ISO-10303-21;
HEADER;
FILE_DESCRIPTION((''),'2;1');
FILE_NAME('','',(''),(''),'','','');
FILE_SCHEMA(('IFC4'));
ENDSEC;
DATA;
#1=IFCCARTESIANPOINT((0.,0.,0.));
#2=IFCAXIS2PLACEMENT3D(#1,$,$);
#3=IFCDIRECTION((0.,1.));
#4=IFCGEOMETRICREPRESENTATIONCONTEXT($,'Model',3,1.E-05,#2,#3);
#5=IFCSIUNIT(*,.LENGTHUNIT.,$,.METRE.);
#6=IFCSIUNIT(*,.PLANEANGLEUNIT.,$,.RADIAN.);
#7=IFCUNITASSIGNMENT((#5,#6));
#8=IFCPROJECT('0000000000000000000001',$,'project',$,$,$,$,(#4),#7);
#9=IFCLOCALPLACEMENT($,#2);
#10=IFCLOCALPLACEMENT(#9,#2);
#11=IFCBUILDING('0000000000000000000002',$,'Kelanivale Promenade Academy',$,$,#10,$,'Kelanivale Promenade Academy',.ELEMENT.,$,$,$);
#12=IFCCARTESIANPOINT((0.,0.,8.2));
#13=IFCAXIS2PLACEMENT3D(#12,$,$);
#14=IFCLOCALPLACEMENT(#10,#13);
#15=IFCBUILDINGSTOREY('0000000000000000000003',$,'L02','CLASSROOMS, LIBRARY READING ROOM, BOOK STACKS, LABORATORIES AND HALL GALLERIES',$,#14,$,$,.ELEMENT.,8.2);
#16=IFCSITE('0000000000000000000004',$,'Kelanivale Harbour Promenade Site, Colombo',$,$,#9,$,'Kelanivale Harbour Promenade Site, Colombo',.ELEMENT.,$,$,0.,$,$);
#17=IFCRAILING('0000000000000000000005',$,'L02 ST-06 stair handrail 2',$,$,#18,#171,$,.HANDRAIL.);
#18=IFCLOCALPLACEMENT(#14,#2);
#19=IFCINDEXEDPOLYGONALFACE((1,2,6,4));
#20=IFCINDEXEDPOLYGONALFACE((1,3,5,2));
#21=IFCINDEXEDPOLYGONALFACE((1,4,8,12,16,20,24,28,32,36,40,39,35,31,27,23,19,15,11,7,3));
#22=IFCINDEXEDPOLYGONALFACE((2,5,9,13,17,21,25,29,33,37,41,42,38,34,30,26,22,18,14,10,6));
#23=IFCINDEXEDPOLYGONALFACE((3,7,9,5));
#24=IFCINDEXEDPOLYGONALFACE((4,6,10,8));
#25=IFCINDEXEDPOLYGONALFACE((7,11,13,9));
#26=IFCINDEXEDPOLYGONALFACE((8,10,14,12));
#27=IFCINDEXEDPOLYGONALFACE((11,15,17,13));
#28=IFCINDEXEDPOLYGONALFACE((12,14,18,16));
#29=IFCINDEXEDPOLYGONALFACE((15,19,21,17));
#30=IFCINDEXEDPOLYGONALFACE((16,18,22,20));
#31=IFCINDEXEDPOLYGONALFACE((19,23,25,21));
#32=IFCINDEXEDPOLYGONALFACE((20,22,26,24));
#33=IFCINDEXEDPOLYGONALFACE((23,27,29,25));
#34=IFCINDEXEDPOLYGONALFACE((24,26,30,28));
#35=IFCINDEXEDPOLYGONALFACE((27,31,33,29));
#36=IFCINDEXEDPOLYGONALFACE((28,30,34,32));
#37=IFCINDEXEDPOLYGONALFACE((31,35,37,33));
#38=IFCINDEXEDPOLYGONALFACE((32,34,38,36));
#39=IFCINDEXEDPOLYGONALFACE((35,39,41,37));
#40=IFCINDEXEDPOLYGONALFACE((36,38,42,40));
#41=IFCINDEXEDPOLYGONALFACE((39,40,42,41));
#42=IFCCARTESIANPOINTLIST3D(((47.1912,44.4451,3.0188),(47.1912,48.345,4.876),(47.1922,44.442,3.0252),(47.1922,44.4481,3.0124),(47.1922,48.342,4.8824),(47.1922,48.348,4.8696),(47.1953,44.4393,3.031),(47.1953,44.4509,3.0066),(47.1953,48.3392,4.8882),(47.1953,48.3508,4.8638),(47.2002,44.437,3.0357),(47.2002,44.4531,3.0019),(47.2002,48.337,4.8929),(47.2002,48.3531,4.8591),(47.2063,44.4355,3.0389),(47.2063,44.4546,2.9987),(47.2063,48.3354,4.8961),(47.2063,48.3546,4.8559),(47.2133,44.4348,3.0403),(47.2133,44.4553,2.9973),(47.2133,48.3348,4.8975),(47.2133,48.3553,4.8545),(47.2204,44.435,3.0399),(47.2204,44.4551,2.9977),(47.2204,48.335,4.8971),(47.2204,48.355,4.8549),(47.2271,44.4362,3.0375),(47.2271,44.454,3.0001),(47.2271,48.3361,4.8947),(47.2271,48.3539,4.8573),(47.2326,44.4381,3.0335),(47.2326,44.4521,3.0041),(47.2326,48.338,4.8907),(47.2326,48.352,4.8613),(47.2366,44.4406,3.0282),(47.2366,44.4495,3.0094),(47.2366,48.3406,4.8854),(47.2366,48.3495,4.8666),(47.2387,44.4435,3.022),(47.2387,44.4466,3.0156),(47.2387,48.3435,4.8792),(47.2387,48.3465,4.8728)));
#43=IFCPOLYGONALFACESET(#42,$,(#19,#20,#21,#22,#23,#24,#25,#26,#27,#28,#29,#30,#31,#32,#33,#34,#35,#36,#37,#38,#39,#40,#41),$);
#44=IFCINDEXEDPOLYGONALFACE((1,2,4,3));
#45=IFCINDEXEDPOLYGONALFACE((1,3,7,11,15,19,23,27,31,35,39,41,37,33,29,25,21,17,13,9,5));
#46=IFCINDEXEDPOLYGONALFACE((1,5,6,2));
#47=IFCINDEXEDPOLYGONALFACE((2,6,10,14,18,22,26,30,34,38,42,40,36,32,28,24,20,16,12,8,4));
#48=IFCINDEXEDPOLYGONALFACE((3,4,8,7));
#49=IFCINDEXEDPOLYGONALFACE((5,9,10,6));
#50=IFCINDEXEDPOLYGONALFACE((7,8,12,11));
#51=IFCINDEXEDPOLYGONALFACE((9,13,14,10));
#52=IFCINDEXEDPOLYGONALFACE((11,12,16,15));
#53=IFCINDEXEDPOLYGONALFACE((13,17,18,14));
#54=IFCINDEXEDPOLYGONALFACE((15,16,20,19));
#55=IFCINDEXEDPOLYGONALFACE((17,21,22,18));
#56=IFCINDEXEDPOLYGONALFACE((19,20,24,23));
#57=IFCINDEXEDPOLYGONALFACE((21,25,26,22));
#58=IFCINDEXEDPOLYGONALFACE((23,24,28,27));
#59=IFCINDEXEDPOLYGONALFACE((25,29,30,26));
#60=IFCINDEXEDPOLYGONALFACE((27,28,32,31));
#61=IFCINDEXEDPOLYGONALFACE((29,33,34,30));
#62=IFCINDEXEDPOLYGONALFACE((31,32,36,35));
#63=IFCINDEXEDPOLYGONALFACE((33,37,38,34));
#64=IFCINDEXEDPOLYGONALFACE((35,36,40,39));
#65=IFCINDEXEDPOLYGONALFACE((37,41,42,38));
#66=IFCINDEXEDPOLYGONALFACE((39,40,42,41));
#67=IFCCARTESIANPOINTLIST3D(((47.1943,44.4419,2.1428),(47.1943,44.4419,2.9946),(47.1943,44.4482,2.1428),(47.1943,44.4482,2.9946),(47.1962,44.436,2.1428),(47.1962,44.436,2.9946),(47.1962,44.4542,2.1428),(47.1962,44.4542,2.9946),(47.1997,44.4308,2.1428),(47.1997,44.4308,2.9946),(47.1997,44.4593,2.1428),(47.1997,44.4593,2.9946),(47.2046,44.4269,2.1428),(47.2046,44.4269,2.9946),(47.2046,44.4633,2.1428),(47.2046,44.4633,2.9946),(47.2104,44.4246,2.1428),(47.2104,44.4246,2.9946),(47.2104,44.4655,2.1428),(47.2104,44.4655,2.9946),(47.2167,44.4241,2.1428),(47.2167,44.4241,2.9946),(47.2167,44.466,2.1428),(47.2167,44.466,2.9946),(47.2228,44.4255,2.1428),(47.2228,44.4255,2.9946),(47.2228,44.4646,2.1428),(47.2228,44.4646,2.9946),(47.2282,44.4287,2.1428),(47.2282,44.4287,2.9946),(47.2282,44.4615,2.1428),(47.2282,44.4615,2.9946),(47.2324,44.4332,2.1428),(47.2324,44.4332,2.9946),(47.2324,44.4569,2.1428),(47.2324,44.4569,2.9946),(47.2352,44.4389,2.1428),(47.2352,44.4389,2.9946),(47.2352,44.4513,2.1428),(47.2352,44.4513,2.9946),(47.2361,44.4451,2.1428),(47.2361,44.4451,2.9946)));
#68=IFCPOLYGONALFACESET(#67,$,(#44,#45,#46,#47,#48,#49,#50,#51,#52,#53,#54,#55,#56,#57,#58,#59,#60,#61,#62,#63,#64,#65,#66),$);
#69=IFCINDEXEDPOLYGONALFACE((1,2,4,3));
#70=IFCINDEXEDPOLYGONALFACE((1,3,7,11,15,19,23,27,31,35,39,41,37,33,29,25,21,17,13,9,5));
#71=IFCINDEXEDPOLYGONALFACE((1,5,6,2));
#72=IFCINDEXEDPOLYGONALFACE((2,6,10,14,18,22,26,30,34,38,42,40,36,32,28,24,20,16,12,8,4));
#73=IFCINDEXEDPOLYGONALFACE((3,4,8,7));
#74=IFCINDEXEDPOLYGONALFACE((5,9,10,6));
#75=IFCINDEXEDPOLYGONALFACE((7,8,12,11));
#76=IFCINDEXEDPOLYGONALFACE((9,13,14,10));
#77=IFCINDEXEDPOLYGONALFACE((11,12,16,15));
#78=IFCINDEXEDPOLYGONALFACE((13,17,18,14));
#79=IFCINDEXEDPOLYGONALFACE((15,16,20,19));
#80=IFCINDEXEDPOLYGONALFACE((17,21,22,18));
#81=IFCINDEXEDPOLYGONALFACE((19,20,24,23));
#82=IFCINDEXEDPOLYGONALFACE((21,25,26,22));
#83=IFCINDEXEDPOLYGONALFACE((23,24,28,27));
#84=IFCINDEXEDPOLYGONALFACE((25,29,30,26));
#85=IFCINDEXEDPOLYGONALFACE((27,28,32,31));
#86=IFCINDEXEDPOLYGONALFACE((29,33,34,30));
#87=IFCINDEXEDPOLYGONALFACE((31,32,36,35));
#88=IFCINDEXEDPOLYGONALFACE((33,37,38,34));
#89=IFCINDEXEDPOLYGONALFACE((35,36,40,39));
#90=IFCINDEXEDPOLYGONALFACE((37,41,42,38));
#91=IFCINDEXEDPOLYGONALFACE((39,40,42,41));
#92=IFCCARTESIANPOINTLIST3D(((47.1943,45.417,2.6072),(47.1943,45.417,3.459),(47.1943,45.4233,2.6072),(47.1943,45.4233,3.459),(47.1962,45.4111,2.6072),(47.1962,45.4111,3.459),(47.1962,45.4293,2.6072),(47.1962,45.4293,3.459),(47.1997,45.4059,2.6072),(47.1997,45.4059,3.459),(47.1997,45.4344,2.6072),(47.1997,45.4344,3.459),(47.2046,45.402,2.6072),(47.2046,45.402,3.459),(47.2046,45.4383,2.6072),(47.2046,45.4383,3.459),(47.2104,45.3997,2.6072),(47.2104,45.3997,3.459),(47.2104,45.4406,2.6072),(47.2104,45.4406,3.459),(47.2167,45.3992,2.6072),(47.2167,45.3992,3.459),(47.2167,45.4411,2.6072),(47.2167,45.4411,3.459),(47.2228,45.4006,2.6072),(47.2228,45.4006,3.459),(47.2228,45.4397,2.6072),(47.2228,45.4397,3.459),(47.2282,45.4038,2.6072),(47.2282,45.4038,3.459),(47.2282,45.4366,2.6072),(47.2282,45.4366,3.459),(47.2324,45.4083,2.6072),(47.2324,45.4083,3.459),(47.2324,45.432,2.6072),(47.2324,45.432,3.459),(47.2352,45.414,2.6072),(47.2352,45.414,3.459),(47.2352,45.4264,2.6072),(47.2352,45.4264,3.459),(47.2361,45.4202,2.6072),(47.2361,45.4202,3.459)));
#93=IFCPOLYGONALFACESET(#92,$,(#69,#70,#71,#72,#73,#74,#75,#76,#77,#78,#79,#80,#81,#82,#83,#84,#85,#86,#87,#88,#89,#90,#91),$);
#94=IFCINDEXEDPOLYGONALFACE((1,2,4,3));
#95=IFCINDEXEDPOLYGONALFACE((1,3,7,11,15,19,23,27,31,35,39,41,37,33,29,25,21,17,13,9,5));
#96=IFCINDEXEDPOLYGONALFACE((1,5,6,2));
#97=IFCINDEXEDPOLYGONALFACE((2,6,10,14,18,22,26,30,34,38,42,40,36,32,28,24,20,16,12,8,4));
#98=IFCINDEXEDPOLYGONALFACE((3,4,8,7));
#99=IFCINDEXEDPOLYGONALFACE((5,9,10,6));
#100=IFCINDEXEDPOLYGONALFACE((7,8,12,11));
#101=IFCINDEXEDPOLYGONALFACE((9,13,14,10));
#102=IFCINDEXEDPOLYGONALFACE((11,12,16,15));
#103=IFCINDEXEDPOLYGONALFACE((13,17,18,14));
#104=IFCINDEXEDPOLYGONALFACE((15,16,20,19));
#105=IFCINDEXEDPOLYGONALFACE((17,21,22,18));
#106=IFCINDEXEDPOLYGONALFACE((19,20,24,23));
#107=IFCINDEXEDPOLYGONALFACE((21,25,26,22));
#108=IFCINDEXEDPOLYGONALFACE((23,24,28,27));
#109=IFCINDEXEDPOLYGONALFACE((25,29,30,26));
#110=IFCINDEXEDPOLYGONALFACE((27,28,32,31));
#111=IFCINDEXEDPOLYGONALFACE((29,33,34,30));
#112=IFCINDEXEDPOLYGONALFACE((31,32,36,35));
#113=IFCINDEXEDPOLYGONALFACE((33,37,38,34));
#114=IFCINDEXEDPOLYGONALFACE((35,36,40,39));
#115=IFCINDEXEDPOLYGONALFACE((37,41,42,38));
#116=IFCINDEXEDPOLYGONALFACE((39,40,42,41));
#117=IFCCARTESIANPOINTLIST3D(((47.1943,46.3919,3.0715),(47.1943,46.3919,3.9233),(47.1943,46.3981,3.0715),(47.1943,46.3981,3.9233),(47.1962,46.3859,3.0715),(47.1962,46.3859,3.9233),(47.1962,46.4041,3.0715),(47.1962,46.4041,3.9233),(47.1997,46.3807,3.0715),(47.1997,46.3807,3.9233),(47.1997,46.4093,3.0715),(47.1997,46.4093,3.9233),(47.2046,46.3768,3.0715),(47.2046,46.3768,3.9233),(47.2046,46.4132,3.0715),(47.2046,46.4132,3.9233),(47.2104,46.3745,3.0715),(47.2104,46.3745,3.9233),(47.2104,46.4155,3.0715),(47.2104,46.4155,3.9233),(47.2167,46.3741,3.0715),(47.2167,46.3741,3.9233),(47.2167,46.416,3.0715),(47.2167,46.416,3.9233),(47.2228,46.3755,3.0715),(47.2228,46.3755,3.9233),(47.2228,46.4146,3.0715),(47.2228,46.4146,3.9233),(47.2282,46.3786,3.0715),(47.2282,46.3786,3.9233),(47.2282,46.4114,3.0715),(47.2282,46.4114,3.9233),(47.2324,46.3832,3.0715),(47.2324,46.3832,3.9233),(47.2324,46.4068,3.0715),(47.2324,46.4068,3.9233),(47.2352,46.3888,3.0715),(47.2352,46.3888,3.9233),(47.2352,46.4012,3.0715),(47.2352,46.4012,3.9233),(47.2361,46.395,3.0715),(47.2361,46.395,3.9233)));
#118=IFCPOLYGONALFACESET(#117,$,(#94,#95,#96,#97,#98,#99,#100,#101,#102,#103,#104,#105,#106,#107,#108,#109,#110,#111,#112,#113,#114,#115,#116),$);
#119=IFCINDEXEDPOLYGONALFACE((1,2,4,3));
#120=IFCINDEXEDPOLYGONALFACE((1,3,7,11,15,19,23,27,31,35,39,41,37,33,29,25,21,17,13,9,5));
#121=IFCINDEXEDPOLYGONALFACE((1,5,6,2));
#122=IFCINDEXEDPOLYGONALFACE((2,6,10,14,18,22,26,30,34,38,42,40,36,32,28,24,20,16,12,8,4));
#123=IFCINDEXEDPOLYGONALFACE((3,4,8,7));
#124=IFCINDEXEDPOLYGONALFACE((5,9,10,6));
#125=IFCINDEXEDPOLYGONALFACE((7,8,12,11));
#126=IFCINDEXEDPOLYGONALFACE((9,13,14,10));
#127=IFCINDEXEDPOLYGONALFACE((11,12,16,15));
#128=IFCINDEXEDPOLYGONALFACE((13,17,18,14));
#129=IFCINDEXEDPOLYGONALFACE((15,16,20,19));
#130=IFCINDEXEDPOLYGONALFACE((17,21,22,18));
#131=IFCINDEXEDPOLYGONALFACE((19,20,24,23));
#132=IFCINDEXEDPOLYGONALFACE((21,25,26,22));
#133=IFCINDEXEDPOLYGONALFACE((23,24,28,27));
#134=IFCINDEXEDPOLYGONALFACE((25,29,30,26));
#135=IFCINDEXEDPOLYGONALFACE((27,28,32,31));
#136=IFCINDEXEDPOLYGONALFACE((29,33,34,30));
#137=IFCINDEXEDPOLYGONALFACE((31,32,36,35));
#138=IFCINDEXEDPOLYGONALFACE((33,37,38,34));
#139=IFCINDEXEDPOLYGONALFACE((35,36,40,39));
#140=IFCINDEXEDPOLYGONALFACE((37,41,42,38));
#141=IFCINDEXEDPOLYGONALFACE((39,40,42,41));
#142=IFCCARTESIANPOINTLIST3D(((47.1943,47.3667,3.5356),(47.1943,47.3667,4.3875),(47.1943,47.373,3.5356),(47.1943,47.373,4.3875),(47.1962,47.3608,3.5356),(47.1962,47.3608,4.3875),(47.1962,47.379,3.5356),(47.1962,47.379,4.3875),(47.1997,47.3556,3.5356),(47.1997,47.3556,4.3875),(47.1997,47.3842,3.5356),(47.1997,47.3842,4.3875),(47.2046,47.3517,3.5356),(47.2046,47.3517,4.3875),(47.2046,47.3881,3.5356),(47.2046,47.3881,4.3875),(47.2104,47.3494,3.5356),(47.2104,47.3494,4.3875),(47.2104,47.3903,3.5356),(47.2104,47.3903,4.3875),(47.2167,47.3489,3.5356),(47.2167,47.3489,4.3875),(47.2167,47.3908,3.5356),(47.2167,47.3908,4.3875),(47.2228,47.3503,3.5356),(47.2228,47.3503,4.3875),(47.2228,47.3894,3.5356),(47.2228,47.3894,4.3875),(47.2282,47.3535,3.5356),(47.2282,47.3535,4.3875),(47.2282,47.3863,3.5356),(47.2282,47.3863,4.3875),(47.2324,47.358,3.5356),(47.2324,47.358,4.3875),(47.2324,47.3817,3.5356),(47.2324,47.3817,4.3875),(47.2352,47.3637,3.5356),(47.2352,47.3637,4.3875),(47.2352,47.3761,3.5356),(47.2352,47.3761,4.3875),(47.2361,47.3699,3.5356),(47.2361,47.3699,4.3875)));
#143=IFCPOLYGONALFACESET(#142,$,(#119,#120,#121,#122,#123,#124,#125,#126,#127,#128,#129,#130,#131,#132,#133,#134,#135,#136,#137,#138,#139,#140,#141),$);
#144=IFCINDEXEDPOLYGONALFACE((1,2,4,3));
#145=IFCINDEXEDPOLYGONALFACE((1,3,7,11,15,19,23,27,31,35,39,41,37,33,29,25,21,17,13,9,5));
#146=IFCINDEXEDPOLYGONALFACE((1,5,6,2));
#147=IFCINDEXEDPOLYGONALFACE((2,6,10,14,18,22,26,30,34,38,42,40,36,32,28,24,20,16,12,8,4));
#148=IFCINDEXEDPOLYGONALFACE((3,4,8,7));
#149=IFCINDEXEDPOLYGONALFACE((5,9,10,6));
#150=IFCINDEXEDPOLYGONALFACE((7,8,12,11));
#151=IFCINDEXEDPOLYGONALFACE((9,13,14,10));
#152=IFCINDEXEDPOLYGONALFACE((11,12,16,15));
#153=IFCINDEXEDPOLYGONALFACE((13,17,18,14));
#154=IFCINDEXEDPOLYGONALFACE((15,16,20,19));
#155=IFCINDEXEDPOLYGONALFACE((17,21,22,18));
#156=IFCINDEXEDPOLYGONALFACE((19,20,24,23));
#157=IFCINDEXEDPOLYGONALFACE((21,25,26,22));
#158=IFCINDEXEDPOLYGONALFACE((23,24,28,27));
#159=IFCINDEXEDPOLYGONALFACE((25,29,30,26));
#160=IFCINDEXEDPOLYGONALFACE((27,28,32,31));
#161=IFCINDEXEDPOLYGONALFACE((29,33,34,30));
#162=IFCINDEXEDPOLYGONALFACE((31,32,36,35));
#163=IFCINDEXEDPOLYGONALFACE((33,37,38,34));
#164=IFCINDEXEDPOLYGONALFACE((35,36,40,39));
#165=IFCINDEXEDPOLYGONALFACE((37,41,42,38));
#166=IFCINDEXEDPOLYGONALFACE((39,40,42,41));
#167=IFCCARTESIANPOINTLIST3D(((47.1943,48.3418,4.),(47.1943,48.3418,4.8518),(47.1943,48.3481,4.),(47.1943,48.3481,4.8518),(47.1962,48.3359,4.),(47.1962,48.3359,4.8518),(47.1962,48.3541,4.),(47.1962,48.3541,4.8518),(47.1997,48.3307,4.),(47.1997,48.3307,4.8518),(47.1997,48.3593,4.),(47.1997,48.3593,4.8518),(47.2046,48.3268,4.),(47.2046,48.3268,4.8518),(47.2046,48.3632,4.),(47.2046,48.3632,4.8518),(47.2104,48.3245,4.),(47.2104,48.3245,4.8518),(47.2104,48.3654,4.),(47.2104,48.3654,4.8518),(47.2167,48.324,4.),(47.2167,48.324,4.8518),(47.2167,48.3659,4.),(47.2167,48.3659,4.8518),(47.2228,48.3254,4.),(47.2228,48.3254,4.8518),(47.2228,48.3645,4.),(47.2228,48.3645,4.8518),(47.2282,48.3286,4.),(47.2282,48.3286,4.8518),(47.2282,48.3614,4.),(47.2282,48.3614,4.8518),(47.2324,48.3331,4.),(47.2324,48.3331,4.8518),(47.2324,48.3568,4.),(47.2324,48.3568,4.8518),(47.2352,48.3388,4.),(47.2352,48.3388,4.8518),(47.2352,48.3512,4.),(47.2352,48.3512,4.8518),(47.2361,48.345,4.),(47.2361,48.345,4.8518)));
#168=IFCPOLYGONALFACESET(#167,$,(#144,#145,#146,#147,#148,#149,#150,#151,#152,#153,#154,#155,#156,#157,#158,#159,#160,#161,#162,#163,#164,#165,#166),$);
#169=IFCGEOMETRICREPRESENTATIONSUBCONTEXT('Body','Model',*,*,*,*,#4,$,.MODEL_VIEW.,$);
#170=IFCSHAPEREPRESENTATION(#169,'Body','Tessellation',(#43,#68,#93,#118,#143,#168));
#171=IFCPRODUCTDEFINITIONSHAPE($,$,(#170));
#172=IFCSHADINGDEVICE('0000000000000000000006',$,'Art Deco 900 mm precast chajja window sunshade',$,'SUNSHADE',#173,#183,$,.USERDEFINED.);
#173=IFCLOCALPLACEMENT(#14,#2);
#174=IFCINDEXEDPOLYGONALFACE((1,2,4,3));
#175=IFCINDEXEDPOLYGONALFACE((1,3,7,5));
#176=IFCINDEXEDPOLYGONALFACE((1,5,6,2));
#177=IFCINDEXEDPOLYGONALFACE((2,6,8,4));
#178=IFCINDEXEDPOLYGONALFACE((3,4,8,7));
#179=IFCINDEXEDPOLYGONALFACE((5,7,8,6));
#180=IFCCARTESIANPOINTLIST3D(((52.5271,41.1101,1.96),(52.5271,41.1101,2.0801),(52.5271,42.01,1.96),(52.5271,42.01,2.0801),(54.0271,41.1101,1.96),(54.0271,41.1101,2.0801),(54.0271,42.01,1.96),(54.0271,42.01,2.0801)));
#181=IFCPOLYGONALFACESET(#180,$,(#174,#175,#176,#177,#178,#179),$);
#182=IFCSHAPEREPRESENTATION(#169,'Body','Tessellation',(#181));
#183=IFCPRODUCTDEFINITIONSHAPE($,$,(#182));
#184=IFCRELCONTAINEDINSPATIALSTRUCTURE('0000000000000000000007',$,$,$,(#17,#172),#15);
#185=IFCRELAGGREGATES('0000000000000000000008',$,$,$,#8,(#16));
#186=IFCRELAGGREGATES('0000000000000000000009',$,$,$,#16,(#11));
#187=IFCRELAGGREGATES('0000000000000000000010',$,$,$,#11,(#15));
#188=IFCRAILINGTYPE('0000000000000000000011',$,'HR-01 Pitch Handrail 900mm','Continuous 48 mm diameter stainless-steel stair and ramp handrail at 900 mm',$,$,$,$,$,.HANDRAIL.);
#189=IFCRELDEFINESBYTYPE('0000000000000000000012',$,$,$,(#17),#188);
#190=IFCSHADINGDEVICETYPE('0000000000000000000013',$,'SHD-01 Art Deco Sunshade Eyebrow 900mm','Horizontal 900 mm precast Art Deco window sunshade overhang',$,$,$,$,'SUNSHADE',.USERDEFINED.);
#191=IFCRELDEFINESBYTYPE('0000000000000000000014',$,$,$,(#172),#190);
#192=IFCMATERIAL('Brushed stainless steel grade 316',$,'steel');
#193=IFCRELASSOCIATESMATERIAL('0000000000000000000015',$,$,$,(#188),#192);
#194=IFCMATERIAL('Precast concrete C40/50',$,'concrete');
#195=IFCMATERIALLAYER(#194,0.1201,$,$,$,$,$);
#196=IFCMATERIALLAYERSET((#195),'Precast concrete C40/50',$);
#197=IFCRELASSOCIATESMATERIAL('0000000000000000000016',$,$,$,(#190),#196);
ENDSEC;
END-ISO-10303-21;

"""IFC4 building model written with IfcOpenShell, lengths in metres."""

from ifc_helpers import new_model, si_unit, direction, frame, origin, origin_2d, place, context, subcontext, project, spatial, rectangle, circle, extrude, material, layer, layer_set, type_object, element, save


model = new_model("IFC4")

# Units and contexts
model_context = context("Model", 3, precision=1e-05, world=origin(), true_north=direction((0.0, 1.0)))
body_context = subcontext(model_context, "Body", "Model", "MODEL_VIEW")
ifc_project = project(units=[si_unit("LENGTHUNIT", "METRE"), si_unit("PLANEANGLEUNIT", "RADIAN")], contexts=[model_context])

# Site, building, storey
site_placement = place(None, origin())
site = spatial("IfcSite", under=ifc_project, at=site_placement, Name="Kelanivale Harbour Promenade Site, Colombo", LongName="Kelanivale Harbour Promenade Site, Colombo", CompositionType="ELEMENT", RefElevation=0.0)
building_placement = place(site_placement, origin())
building = spatial("IfcBuilding", under=site, at=building_placement, Name="Kelanivale Promenade Academy", LongName="Kelanivale Promenade Academy", CompositionType="ELEMENT")
storey_placement = place(building_placement, frame((0.0, 0.0, 8.2)))
storey = spatial("IfcBuildingStorey", under=building, at=storey_placement, Name="L02", Description="CLASSROOMS, LIBRARY READING ROOM, BOOK STACKS, LABORATORIES AND HALL GALLERIES", CompositionType="ELEMENT", Elevation=8.2)

# Railing
ifc_material_1 = material(Name="Brushed stainless steel grade 316", Category="steel")
railing_type_1 = type_object("IfcRailingType", Name="HR-01 Pitch Handrail 900mm", Description="Continuous 48 mm diameter stainless-steel stair and ramp handrail at 900 mm", PredefinedType="HANDRAIL", material=ifc_material_1)
railing_1_placement = place(storey_placement, frame((47.2151, 44.4451, 2.1428)))
element("IfcRailing", 1, at=railing_1_placement, inside=storey, type_object=railing_type_1, Name="L02 ST-06 stair handrail 2", PredefinedType="HANDRAIL", context=body_context, shape_type="SweptSolid", body=[
    extrude(circle(Radius=0.0239, at=origin_2d()), frame((0.0, 0.0, 0.876), z_axis=(0.0, 0.902853, 0.429949), x_axis=(-1.0, 0.0, 0.0)), (0.0, 0.0, 1.0), 4.3196),
    extrude(circle(Radius=0.021, at=origin_2d()), origin(), (0.0, 0.0, 1.0), 0.8518),
    extrude(circle(Radius=0.021, at=origin_2d()), frame((0.0, 0.9751, 0.4644)), (0.0, 0.0, 1.0), 0.8518),
    extrude(circle(Radius=0.021, at=origin_2d()), frame((0.0, 1.95, 0.9287)), (0.0, 0.0, 1.0), 0.8518),
    extrude(circle(Radius=0.021, at=origin_2d()), frame((0.0, 2.9248, 1.3928)), (0.0, 0.0, 1.0), 0.8518),
    extrude(circle(Radius=0.021, at=origin_2d()), frame((0.0, 3.8999, 1.8572)), (0.0, 0.0, 1.0), 0.8518),
])

# Shading device
ifc_material_2 = material(Name="Precast concrete C40/50", Category="concrete")
ifc_layer_1 = layer(ifc_material_2, 0.1201)
ifc_layer_set_1 = layer_set([ifc_layer_1], Name="Precast concrete C40/50")
shading_device_type = type_object("IfcShadingDeviceType", Name="SHD-01 Art Deco Sunshade Eyebrow 900mm", Description="Horizontal 900 mm precast Art Deco window sunshade overhang", ElementType="SUNSHADE", PredefinedType="USERDEFINED", material=ifc_layer_set_1)
shading_device_placement = place(storey_placement, frame((53.2771, 41.5601, 1.96), z_axis=(0.0, 0.0, 1.0), x_axis=(1.0, 0.0, 0.0)))
element("IfcShadingDevice", 2, at=shading_device_placement, inside=storey, type_object=shading_device_type, Name="Art Deco 900 mm precast chajja window sunshade", ObjectType="SUNSHADE", PredefinedType="USERDEFINED", context=body_context, shape_type="SweptSolid", body=[
    extrude(rectangle(XDim=1.5, YDim=0.8999, at=origin_2d()), origin(), (0.0, 0.0, 1.0), 0.1201),
])

save(model, "model.ifc")
